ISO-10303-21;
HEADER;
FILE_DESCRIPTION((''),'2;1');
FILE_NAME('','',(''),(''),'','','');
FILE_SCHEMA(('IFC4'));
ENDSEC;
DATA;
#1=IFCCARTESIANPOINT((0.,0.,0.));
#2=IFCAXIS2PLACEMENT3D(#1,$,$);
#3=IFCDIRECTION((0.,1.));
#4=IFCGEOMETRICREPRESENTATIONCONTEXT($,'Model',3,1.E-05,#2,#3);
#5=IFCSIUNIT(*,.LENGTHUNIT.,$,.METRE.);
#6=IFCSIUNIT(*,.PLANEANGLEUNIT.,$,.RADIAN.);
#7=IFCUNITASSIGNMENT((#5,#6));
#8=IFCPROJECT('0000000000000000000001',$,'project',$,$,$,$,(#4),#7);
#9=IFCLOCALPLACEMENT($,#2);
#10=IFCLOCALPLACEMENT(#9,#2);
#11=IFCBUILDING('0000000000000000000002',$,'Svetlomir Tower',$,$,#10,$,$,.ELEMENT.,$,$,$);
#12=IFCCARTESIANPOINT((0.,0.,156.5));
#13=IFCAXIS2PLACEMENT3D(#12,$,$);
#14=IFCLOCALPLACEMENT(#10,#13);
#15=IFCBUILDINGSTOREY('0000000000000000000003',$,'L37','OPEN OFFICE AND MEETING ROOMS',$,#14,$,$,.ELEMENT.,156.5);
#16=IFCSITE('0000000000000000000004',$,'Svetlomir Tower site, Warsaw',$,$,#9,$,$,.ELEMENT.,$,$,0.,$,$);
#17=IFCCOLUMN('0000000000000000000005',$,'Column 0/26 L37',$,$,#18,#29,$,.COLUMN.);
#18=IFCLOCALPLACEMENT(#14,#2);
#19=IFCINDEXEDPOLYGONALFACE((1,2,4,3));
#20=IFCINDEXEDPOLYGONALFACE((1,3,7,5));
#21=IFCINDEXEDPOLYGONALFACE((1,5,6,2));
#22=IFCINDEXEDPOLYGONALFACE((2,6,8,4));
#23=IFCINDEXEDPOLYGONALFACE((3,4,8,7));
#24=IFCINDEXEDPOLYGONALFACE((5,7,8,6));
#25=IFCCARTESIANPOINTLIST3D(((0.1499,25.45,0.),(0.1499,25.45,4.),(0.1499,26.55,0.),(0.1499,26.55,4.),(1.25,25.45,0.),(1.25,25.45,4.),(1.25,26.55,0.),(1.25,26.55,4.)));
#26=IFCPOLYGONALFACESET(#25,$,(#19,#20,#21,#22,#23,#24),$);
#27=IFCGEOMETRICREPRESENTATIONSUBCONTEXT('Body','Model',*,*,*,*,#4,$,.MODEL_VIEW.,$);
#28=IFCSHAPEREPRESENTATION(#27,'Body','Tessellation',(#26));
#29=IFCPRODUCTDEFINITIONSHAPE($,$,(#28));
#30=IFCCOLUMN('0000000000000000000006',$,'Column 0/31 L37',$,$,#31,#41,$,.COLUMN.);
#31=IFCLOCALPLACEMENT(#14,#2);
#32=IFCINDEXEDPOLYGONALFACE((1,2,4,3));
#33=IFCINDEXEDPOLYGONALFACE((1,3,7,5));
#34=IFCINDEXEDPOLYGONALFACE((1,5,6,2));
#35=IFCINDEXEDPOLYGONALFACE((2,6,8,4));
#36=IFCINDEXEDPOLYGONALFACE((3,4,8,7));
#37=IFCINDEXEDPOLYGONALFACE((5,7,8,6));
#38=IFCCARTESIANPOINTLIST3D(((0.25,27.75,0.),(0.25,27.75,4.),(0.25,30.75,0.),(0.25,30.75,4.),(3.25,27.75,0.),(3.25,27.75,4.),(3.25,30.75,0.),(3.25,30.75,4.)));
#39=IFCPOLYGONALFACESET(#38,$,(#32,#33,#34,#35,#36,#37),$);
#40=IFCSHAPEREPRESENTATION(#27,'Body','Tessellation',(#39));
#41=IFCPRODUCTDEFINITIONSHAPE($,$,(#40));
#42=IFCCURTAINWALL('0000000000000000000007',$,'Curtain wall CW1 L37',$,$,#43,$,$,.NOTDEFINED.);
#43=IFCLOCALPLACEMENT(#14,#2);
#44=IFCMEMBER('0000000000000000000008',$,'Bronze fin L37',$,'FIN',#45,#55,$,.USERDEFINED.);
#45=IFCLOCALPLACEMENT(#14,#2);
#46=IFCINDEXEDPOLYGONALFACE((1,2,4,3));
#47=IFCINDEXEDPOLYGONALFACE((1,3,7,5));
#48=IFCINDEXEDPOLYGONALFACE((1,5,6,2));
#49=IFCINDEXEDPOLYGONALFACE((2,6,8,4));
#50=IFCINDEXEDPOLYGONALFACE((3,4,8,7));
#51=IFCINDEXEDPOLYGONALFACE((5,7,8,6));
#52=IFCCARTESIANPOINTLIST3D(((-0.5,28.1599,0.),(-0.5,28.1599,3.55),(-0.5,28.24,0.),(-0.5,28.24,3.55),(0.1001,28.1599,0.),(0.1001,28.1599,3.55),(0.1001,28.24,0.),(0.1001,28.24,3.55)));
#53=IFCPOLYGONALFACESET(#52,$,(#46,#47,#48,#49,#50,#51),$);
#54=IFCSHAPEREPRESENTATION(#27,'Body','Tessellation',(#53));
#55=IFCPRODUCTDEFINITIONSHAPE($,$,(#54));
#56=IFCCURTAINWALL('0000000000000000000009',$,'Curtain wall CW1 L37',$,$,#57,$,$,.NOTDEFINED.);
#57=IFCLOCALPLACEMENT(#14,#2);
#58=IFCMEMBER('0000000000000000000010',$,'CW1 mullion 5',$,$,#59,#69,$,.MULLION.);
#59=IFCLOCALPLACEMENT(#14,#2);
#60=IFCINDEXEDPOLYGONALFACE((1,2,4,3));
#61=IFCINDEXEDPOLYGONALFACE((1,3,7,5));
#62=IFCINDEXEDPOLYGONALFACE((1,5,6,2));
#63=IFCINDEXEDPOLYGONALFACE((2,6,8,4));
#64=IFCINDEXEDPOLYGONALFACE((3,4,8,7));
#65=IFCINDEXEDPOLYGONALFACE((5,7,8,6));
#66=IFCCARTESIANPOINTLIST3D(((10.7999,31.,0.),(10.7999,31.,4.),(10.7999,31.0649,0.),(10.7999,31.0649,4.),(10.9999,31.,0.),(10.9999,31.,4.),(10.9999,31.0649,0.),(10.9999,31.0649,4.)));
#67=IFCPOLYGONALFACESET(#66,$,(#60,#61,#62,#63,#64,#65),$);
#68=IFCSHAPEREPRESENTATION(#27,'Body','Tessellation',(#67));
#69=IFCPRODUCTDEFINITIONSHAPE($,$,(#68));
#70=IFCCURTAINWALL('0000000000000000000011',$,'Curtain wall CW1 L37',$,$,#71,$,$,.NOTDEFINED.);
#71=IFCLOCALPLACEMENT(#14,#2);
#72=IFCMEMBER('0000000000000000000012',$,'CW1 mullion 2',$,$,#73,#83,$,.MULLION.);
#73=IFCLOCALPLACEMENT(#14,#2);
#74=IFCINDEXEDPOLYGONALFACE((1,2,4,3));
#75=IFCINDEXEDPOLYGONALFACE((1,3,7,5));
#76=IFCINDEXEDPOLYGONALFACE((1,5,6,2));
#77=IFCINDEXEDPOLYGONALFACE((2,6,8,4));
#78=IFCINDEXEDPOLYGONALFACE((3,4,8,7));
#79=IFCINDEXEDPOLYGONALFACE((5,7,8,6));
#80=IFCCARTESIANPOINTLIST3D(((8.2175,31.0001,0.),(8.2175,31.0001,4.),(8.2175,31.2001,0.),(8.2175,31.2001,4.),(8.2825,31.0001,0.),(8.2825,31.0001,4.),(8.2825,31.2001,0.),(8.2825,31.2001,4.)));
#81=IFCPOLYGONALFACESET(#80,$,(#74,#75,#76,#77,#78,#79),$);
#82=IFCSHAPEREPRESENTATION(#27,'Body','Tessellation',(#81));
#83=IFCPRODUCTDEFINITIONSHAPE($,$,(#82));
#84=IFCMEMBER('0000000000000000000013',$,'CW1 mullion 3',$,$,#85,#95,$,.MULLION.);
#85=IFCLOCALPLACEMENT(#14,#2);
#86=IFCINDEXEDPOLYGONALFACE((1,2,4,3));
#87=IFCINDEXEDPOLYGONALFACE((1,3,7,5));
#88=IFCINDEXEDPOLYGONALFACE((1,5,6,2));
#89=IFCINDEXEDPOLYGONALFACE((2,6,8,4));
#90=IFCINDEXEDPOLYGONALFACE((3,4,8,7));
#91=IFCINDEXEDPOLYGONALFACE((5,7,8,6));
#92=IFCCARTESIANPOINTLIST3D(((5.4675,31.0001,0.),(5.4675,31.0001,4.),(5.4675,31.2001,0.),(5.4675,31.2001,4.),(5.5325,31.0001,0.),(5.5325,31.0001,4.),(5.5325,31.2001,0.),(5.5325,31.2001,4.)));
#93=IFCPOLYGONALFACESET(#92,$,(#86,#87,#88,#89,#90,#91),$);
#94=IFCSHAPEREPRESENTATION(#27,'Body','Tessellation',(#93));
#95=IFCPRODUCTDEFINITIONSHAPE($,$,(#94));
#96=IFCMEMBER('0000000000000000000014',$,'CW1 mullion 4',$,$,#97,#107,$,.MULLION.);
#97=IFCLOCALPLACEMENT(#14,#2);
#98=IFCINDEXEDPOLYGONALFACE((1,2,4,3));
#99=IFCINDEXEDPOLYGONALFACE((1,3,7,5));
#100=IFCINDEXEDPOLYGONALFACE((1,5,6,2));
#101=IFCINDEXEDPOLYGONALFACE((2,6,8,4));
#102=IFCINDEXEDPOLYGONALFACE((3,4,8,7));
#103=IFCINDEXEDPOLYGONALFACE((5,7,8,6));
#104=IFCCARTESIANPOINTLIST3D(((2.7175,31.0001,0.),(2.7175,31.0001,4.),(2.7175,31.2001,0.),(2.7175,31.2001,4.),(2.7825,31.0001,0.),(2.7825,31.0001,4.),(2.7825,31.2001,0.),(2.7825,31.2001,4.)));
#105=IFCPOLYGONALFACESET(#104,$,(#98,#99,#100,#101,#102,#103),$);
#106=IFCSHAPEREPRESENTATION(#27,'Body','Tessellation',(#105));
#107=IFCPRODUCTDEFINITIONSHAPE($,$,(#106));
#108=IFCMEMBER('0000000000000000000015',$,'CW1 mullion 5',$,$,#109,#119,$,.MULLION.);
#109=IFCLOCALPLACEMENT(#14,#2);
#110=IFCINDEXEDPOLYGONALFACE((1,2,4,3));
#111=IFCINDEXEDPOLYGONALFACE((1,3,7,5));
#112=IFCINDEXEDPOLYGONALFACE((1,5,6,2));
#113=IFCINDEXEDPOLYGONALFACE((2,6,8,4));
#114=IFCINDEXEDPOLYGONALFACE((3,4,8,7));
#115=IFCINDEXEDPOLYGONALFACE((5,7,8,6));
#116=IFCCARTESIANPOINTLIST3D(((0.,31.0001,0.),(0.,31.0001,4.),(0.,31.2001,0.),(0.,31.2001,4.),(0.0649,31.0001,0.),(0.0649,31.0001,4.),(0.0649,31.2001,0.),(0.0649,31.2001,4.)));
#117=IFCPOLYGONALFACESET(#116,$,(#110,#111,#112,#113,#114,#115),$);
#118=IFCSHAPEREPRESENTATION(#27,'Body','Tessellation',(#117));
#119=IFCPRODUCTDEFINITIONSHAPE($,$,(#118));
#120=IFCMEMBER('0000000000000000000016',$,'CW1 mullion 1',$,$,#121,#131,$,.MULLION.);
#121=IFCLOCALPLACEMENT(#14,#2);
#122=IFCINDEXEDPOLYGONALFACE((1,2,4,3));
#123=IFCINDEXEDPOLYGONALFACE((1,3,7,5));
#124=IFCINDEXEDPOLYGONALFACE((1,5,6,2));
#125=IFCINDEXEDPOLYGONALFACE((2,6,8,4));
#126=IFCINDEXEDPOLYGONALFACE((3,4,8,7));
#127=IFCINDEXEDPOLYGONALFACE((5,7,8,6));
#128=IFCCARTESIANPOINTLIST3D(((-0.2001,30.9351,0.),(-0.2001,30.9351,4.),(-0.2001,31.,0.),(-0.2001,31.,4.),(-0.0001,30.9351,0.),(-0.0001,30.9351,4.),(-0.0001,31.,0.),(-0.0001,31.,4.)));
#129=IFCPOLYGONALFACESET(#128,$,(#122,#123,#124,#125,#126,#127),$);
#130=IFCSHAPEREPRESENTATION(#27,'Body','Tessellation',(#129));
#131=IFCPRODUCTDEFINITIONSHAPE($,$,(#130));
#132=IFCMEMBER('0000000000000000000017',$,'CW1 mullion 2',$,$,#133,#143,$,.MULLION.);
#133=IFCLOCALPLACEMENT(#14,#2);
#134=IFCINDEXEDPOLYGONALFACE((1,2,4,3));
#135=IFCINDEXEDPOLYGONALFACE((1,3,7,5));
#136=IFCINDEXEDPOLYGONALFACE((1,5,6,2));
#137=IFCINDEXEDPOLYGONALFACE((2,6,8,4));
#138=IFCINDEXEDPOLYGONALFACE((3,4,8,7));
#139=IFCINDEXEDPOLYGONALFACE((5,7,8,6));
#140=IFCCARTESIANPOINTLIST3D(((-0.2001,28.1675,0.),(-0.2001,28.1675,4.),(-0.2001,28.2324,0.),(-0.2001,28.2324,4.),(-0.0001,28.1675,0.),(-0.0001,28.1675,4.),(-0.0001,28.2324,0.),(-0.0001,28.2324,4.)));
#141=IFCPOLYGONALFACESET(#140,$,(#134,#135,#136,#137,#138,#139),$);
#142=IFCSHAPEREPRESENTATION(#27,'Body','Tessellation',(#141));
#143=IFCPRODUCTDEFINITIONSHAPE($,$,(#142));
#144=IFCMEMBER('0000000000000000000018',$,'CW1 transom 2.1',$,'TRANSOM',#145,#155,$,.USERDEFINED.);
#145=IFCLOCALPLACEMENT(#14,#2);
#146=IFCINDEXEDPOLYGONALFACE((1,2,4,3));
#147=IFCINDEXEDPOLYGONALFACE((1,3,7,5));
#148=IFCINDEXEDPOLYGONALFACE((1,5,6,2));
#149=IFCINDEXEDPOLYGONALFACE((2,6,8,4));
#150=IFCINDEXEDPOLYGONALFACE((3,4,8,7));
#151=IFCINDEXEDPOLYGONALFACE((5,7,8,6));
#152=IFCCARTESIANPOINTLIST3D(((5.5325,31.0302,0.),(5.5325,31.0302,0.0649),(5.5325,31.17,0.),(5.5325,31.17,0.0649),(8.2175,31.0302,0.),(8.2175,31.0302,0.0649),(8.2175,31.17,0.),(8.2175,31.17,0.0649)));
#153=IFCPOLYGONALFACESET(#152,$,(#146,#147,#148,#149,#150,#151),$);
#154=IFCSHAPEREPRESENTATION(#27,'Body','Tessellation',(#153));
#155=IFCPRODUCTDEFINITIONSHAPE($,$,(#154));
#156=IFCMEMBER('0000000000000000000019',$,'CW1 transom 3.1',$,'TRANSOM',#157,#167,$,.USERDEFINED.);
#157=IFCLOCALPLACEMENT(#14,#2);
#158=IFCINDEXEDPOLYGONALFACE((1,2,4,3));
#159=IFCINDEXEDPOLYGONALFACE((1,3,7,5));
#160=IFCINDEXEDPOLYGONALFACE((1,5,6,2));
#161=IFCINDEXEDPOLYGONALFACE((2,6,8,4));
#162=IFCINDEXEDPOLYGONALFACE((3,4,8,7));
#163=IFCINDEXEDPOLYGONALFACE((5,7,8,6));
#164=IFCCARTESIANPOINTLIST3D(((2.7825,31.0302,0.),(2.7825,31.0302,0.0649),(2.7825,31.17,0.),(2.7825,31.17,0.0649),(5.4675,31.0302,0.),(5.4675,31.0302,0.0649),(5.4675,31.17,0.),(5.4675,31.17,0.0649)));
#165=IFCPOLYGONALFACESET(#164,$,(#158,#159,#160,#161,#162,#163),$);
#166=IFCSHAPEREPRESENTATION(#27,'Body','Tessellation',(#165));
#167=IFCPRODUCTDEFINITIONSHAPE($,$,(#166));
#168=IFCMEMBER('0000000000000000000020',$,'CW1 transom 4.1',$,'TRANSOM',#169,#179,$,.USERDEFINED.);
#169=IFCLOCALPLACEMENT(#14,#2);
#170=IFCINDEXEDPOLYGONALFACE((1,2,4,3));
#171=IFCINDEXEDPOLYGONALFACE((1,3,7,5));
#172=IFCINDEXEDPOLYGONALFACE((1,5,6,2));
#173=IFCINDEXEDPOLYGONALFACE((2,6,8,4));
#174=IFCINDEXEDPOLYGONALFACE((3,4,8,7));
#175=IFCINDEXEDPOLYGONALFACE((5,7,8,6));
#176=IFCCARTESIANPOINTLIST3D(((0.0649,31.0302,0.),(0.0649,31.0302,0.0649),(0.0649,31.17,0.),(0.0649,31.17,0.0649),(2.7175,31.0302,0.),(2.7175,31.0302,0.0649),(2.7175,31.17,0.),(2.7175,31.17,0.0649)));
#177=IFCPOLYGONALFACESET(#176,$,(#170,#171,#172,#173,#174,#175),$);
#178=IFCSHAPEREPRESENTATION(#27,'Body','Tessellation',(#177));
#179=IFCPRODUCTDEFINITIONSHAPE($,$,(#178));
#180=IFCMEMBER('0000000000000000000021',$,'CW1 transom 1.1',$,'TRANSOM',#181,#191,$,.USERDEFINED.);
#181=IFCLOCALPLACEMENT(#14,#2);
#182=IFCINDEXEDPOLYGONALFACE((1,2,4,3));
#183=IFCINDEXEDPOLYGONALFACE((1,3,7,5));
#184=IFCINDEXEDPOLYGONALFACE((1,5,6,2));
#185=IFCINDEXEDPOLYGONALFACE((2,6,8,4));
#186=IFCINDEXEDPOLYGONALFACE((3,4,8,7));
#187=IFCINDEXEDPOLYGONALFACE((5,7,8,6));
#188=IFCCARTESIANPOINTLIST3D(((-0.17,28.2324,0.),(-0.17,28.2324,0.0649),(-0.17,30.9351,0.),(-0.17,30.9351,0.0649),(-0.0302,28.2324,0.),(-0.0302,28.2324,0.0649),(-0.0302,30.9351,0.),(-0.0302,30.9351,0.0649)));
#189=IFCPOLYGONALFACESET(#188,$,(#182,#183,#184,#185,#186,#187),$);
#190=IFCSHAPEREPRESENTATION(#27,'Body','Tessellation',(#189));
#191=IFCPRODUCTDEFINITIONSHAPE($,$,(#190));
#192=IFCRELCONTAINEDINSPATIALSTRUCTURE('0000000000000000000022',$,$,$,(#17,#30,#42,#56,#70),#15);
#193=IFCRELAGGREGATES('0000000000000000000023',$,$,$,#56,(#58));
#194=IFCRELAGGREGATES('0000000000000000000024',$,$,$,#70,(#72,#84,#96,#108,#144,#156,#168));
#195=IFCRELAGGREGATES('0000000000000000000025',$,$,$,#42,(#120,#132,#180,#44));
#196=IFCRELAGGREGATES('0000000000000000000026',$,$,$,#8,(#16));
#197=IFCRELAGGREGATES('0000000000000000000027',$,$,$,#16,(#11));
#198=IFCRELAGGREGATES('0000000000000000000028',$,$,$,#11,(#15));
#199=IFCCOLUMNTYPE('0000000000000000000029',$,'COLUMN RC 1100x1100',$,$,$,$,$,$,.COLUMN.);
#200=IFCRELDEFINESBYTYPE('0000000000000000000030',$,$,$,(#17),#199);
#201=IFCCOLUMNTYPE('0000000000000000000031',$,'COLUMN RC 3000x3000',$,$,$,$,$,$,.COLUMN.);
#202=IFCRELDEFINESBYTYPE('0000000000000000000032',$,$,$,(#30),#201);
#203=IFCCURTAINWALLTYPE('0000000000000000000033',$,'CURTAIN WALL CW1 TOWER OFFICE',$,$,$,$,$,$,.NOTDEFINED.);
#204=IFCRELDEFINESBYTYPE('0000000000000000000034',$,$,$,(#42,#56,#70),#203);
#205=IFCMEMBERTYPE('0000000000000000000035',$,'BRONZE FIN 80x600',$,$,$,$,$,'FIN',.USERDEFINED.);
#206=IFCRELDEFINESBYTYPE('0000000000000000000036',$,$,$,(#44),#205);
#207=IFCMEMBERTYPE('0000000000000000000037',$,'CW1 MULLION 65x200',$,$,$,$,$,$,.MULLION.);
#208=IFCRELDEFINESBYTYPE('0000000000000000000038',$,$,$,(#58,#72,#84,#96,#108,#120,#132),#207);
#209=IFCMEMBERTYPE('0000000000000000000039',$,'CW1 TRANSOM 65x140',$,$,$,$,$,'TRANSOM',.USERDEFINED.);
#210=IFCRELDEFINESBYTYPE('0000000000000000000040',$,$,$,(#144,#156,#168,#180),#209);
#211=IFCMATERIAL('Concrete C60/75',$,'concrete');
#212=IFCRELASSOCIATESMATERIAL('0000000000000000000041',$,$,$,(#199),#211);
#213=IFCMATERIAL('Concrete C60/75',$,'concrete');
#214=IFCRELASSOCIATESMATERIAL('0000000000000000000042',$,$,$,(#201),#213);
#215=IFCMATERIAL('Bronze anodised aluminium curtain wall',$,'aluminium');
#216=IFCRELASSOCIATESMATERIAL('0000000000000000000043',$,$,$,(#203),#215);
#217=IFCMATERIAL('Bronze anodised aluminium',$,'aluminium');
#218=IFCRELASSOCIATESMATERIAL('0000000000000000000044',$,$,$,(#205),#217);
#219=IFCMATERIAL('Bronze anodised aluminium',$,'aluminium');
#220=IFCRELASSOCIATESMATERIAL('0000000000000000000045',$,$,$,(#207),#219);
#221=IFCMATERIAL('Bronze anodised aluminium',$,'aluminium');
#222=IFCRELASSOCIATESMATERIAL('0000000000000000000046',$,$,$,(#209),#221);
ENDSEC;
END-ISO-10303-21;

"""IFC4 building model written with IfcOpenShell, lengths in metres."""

from ifc_helpers import new_model, si_unit, direction, frame, origin, origin_2d, place, context, subcontext, project, spatial, rectangle, extrude, material, material_profile, profile_set, type_object, element, aggregate, save


model = new_model("IFC4")

# Units and contexts
model_context = context("Model", 3, precision=1e-05, world=origin(), true_north=direction((0.0, 1.0)))
body_context = subcontext(model_context, "Body", "Model", "MODEL_VIEW")
ifc_project = project(units=[si_unit("LENGTHUNIT", "METRE"), si_unit("PLANEANGLEUNIT", "RADIAN")], contexts=[model_context])

# Site, building, storey
site_placement = place(None, origin())
site = spatial("IfcSite", under=ifc_project, at=site_placement, Name="Svetlomir Tower site, Warsaw", CompositionType="ELEMENT", RefElevation=0.0)
building_placement = place(site_placement, origin())
building = spatial("IfcBuilding", under=site, at=building_placement, Name="Svetlomir Tower", CompositionType="ELEMENT")
storey_placement = place(building_placement, frame((0.0, 0.0, 156.5)))
storey = spatial("IfcBuildingStorey", under=building, at=storey_placement, Name="L37", Description="OPEN OFFICE AND MEETING ROOMS", CompositionType="ELEMENT", Elevation=156.5)

# Columns
ifc_material_1 = material(Name="Concrete C60/75", Category="concrete")
ifc_material_profile_1 = material_profile(ifc_material_1, rectangle(XDim=1.1001, YDim=1.1001, at=origin_2d()), Name="RC 1100x1100")
ifc_profile_set_1 = profile_set([ifc_material_profile_1], Name="Concrete C60/75")
column_type_1 = type_object("IfcColumnType", Name="COLUMN RC 1100x1100", PredefinedType="COLUMN", material=ifc_profile_set_1)
column_1_placement = place(storey_placement, frame((0.7, 26.0, 0.0), z_axis=(0.0, 0.0, 1.0), x_axis=(1.0, 0.0, 0.0)))
element("IfcColumn", 1, at=column_1_placement, inside=storey, type_object=column_type_1, Name="Column 0/26 L37", PredefinedType="COLUMN", context=body_context, shape_type="SweptSolid", body=[
    extrude(rectangle(XDim=1.1001, YDim=1.1001, at=origin_2d()), origin(), (0.0, 0.0, 1.0), 4.0),
])
ifc_material_2 = material(Name="Concrete C60/75", Category="concrete")
ifc_material_profile_2 = material_profile(ifc_material_2, rectangle(XDim=3.0, YDim=3.0, at=origin_2d()), Name="RC 3000x3000")
ifc_profile_set_2 = profile_set([ifc_material_profile_2], Name="Concrete C60/75")
column_type_2 = type_object("IfcColumnType", Name="COLUMN RC 3000x3000", PredefinedType="COLUMN", material=ifc_profile_set_2)
column_2_placement = place(storey_placement, frame((1.75, 29.25, 0.0), z_axis=(0.0, 0.0, 1.0), x_axis=(1.0, 0.0, 0.0)))
element("IfcColumn", 2, at=column_2_placement, inside=storey, type_object=column_type_2, Name="Column 0/31 L37", PredefinedType="COLUMN", context=body_context, shape_type="SweptSolid", body=[
    extrude(rectangle(XDim=3.0, YDim=3.0, at=origin_2d()), origin(), (0.0, 0.0, 1.0), 4.0),
])

# Curtain walls, members
ifc_material_3 = material(Name="Bronze anodised aluminium curtain wall", Category="aluminium")
curtain_wall_type = type_object("IfcCurtainWallType", Name="CURTAIN WALL CW1 TOWER OFFICE", PredefinedType="NOTDEFINED", material=ifc_material_3)
curtain_wall_1_placement = place(storey_placement, origin())
curtain_wall_1 = element("IfcCurtainWall", 3, at=curtain_wall_1_placement, inside=storey, type_object=curtain_wall_type, Name="Curtain wall CW1 L37", PredefinedType="NOTDEFINED")
ifc_material_4 = material(Name="Bronze anodised aluminium", Category="aluminium")
ifc_material_profile_3 = material_profile(ifc_material_4, rectangle(XDim=0.0801, YDim=0.6001, at=origin_2d()), Name="FIN 80x600")
ifc_profile_set_3 = profile_set([ifc_material_profile_3], Name="Bronze anodised aluminium 6063-T6")
member_type_1 = type_object("IfcMemberType", Name="BRONZE FIN 80x600", ElementType="FIN", PredefinedType="USERDEFINED", material=ifc_profile_set_3)
member_1_placement = place(storey_placement, frame((-0.2, 28.2, 0.0), z_axis=(0.0, 0.0, 1.0), x_axis=(0.0, 1.0, 0.0)))
member_1 = element("IfcMember", 4, at=member_1_placement, type_object=member_type_1, Name="Bronze fin L37", ObjectType="FIN", PredefinedType="USERDEFINED", context=body_context, shape_type="SweptSolid", body=[
    extrude(rectangle(XDim=0.0801, YDim=0.6001, at=origin_2d()), origin(), (0.0, 0.0, 1.0), 3.55),
])
curtain_wall_2_placement = place(storey_placement, origin())
curtain_wall_2 = element("IfcCurtainWall", 5, at=curtain_wall_2_placement, inside=storey, type_object=curtain_wall_type, Name="Curtain wall CW1 L37", PredefinedType="NOTDEFINED")
ifc_material_5 = material(Name="Bronze anodised aluminium", Category="aluminium")
ifc_material_profile_4 = material_profile(ifc_material_5, rectangle(XDim=0.0649, YDim=0.2, at=origin_2d()), Name="AL 65x200")
ifc_profile_set_4 = profile_set([ifc_material_profile_4], Name="Bronze anodised aluminium 6063-T6")
member_type_2 = type_object("IfcMemberType", Name="CW1 MULLION 65x200", PredefinedType="MULLION", material=ifc_profile_set_4)
member_2_placement = place(storey_placement, frame((10.8999, 31.0325, 0.0), z_axis=(0.0, 0.0, 1.0), x_axis=(0.0, -1.0, 0.0)))
member_2 = element("IfcMember", 6, at=member_2_placement, type_object=member_type_2, Name="CW1 mullion 5", PredefinedType="MULLION", context=body_context, shape_type="SweptSolid", body=[
    extrude(rectangle(XDim=0.0649, YDim=0.2, at=origin_2d()), origin(), (0.0, 0.0, 1.0), 4.0),
])
aggregate(curtain_wall_2, [member_2])

# Curtain wall, members
curtain_wall_3_placement = place(storey_placement, origin())
curtain_wall_3 = element("IfcCurtainWall", 7, at=curtain_wall_3_placement, inside=storey, type_object=curtain_wall_type, Name="Curtain wall CW1 L37", PredefinedType="NOTDEFINED")
member_3_placement = place(storey_placement, frame((8.25, 31.1001, 0.0), z_axis=(0.0, 0.0, 1.0), x_axis=(-1.0, 0.0, 0.0)))
member_3 = element("IfcMember", 8, at=member_3_placement, type_object=member_type_2, Name="CW1 mullion 2", PredefinedType="MULLION", context=body_context, shape_type="SweptSolid", body=[
    extrude(rectangle(XDim=0.0649, YDim=0.2, at=origin_2d()), origin(), (0.0, 0.0, 1.0), 4.0),
])
member_4_placement = place(storey_placement, frame((5.5, 31.1001, 0.0), z_axis=(0.0, 0.0, 1.0), x_axis=(-1.0, 0.0, 0.0)))
member_4 = element("IfcMember", 9, at=member_4_placement, type_object=member_type_2, Name="CW1 mullion 3", PredefinedType="MULLION", context=body_context, shape_type="SweptSolid", body=[
    extrude(rectangle(XDim=0.0649, YDim=0.2, at=origin_2d()), origin(), (0.0, 0.0, 1.0), 4.0),
])
member_5_placement = place(storey_placement, frame((2.75, 31.1001, 0.0), z_axis=(0.0, 0.0, 1.0), x_axis=(-1.0, 0.0, 0.0)))
member_5 = element("IfcMember", 10, at=member_5_placement, type_object=member_type_2, Name="CW1 mullion 4", PredefinedType="MULLION", context=body_context, shape_type="SweptSolid", body=[
    extrude(rectangle(XDim=0.0649, YDim=0.2, at=origin_2d()), origin(), (0.0, 0.0, 1.0), 4.0),
])
member_6_placement = place(storey_placement, frame((0.0325, 31.1001, 0.0), z_axis=(0.0, 0.0, 1.0), x_axis=(-1.0, 0.0, 0.0)))
member_6 = element("IfcMember", 11, at=member_6_placement, type_object=member_type_2, Name="CW1 mullion 5", PredefinedType="MULLION", context=body_context, shape_type="SweptSolid", body=[
    extrude(rectangle(XDim=0.0649, YDim=0.2, at=origin_2d()), origin(), (0.0, 0.0, 1.0), 4.0),
])

# Members
member_7_placement = place(storey_placement, frame((-0.1001, 30.9675, 0.0), z_axis=(0.0, 0.0, 1.0), x_axis=(0.0, -1.0, 0.0)))
member_7 = element("IfcMember", 12, at=member_7_placement, type_object=member_type_2, Name="CW1 mullion 1", PredefinedType="MULLION", context=body_context, shape_type="SweptSolid", body=[
    extrude(rectangle(XDim=0.0649, YDim=0.2, at=origin_2d()), origin(), (0.0, 0.0, 1.0), 4.0),
])
member_8_placement = place(storey_placement, frame((-0.1001, 28.2, 0.0), z_axis=(0.0, 0.0, 1.0), x_axis=(0.0, -1.0, 0.0)))
member_8 = element("IfcMember", 13, at=member_8_placement, type_object=member_type_2, Name="CW1 mullion 2", PredefinedType="MULLION", context=body_context, shape_type="SweptSolid", body=[
    extrude(rectangle(XDim=0.0649, YDim=0.2, at=origin_2d()), origin(), (0.0, 0.0, 1.0), 4.0),
])
ifc_material_6 = material(Name="Bronze anodised aluminium", Category="aluminium")
ifc_material_profile_5 = material_profile(ifc_material_6, rectangle(XDim=0.1399, YDim=0.0649, at=origin_2d()), Name="AL 140x65")
ifc_profile_set_5 = profile_set([ifc_material_profile_5], Name="Bronze anodised aluminium 6063-T6")
member_type_3 = type_object("IfcMemberType", Name="CW1 TRANSOM 65x140", ElementType="TRANSOM", PredefinedType="USERDEFINED", material=ifc_profile_set_5)
member_9_placement = place(storey_placement, frame((8.2175, 31.1001, 0.0325), z_axis=(-1.0, 0.0, 0.0), x_axis=(0.0, -1.0, 0.0)))
member_9 = element("IfcMember", 14, at=member_9_placement, type_object=member_type_3, Name="CW1 transom 2.1", ObjectType="TRANSOM", PredefinedType="USERDEFINED", context=body_context, shape_type="SweptSolid", body=[
    extrude(rectangle(XDim=0.1399, YDim=0.0649, at=origin_2d()), origin(), (0.0, 0.0, 1.0), 2.6851),
])
member_10_placement = place(storey_placement, frame((5.4675, 31.1001, 0.0325), z_axis=(-1.0, 0.0, 0.0), x_axis=(0.0, -1.0, 0.0)))
member_10 = element("IfcMember", 15, at=member_10_placement, type_object=member_type_3, Name="CW1 transom 3.1", ObjectType="TRANSOM", PredefinedType="USERDEFINED", context=body_context, shape_type="SweptSolid", body=[
    extrude(rectangle(XDim=0.1399, YDim=0.0649, at=origin_2d()), origin(), (0.0, 0.0, 1.0), 2.6851),
])
member_11_placement = place(storey_placement, frame((2.7175, 31.1001, 0.0325), z_axis=(-1.0, 0.0, 0.0), x_axis=(0.0, -1.0, 0.0)))
member_11 = element("IfcMember", 16, at=member_11_placement, type_object=member_type_3, Name="CW1 transom 4.1", ObjectType="TRANSOM", PredefinedType="USERDEFINED", context=body_context, shape_type="SweptSolid", body=[
    extrude(rectangle(XDim=0.1399, YDim=0.0649, at=origin_2d()), origin(), (0.0, 0.0, 1.0), 2.6526),
])
member_12_placement = place(storey_placement, frame((-0.1001, 30.9351, 0.0325), z_axis=(0.0, -1.0, 0.0), x_axis=(1.0, 0.0, 0.0)))
member_12 = element("IfcMember", 17, at=member_12_placement, type_object=member_type_3, Name="CW1 transom 1.1", ObjectType="TRANSOM", PredefinedType="USERDEFINED", context=body_context, shape_type="SweptSolid", body=[
    extrude(rectangle(XDim=0.1399, YDim=0.0649, at=origin_2d()), origin(), (0.0, 0.0, 1.0), 2.7026),
])

aggregate(curtain_wall_3, [member_3, member_4, member_5, member_6, member_9, member_10, member_11])
aggregate(curtain_wall_1, [member_7, member_8, member_12, member_1])

save(model, "model.ifc")
